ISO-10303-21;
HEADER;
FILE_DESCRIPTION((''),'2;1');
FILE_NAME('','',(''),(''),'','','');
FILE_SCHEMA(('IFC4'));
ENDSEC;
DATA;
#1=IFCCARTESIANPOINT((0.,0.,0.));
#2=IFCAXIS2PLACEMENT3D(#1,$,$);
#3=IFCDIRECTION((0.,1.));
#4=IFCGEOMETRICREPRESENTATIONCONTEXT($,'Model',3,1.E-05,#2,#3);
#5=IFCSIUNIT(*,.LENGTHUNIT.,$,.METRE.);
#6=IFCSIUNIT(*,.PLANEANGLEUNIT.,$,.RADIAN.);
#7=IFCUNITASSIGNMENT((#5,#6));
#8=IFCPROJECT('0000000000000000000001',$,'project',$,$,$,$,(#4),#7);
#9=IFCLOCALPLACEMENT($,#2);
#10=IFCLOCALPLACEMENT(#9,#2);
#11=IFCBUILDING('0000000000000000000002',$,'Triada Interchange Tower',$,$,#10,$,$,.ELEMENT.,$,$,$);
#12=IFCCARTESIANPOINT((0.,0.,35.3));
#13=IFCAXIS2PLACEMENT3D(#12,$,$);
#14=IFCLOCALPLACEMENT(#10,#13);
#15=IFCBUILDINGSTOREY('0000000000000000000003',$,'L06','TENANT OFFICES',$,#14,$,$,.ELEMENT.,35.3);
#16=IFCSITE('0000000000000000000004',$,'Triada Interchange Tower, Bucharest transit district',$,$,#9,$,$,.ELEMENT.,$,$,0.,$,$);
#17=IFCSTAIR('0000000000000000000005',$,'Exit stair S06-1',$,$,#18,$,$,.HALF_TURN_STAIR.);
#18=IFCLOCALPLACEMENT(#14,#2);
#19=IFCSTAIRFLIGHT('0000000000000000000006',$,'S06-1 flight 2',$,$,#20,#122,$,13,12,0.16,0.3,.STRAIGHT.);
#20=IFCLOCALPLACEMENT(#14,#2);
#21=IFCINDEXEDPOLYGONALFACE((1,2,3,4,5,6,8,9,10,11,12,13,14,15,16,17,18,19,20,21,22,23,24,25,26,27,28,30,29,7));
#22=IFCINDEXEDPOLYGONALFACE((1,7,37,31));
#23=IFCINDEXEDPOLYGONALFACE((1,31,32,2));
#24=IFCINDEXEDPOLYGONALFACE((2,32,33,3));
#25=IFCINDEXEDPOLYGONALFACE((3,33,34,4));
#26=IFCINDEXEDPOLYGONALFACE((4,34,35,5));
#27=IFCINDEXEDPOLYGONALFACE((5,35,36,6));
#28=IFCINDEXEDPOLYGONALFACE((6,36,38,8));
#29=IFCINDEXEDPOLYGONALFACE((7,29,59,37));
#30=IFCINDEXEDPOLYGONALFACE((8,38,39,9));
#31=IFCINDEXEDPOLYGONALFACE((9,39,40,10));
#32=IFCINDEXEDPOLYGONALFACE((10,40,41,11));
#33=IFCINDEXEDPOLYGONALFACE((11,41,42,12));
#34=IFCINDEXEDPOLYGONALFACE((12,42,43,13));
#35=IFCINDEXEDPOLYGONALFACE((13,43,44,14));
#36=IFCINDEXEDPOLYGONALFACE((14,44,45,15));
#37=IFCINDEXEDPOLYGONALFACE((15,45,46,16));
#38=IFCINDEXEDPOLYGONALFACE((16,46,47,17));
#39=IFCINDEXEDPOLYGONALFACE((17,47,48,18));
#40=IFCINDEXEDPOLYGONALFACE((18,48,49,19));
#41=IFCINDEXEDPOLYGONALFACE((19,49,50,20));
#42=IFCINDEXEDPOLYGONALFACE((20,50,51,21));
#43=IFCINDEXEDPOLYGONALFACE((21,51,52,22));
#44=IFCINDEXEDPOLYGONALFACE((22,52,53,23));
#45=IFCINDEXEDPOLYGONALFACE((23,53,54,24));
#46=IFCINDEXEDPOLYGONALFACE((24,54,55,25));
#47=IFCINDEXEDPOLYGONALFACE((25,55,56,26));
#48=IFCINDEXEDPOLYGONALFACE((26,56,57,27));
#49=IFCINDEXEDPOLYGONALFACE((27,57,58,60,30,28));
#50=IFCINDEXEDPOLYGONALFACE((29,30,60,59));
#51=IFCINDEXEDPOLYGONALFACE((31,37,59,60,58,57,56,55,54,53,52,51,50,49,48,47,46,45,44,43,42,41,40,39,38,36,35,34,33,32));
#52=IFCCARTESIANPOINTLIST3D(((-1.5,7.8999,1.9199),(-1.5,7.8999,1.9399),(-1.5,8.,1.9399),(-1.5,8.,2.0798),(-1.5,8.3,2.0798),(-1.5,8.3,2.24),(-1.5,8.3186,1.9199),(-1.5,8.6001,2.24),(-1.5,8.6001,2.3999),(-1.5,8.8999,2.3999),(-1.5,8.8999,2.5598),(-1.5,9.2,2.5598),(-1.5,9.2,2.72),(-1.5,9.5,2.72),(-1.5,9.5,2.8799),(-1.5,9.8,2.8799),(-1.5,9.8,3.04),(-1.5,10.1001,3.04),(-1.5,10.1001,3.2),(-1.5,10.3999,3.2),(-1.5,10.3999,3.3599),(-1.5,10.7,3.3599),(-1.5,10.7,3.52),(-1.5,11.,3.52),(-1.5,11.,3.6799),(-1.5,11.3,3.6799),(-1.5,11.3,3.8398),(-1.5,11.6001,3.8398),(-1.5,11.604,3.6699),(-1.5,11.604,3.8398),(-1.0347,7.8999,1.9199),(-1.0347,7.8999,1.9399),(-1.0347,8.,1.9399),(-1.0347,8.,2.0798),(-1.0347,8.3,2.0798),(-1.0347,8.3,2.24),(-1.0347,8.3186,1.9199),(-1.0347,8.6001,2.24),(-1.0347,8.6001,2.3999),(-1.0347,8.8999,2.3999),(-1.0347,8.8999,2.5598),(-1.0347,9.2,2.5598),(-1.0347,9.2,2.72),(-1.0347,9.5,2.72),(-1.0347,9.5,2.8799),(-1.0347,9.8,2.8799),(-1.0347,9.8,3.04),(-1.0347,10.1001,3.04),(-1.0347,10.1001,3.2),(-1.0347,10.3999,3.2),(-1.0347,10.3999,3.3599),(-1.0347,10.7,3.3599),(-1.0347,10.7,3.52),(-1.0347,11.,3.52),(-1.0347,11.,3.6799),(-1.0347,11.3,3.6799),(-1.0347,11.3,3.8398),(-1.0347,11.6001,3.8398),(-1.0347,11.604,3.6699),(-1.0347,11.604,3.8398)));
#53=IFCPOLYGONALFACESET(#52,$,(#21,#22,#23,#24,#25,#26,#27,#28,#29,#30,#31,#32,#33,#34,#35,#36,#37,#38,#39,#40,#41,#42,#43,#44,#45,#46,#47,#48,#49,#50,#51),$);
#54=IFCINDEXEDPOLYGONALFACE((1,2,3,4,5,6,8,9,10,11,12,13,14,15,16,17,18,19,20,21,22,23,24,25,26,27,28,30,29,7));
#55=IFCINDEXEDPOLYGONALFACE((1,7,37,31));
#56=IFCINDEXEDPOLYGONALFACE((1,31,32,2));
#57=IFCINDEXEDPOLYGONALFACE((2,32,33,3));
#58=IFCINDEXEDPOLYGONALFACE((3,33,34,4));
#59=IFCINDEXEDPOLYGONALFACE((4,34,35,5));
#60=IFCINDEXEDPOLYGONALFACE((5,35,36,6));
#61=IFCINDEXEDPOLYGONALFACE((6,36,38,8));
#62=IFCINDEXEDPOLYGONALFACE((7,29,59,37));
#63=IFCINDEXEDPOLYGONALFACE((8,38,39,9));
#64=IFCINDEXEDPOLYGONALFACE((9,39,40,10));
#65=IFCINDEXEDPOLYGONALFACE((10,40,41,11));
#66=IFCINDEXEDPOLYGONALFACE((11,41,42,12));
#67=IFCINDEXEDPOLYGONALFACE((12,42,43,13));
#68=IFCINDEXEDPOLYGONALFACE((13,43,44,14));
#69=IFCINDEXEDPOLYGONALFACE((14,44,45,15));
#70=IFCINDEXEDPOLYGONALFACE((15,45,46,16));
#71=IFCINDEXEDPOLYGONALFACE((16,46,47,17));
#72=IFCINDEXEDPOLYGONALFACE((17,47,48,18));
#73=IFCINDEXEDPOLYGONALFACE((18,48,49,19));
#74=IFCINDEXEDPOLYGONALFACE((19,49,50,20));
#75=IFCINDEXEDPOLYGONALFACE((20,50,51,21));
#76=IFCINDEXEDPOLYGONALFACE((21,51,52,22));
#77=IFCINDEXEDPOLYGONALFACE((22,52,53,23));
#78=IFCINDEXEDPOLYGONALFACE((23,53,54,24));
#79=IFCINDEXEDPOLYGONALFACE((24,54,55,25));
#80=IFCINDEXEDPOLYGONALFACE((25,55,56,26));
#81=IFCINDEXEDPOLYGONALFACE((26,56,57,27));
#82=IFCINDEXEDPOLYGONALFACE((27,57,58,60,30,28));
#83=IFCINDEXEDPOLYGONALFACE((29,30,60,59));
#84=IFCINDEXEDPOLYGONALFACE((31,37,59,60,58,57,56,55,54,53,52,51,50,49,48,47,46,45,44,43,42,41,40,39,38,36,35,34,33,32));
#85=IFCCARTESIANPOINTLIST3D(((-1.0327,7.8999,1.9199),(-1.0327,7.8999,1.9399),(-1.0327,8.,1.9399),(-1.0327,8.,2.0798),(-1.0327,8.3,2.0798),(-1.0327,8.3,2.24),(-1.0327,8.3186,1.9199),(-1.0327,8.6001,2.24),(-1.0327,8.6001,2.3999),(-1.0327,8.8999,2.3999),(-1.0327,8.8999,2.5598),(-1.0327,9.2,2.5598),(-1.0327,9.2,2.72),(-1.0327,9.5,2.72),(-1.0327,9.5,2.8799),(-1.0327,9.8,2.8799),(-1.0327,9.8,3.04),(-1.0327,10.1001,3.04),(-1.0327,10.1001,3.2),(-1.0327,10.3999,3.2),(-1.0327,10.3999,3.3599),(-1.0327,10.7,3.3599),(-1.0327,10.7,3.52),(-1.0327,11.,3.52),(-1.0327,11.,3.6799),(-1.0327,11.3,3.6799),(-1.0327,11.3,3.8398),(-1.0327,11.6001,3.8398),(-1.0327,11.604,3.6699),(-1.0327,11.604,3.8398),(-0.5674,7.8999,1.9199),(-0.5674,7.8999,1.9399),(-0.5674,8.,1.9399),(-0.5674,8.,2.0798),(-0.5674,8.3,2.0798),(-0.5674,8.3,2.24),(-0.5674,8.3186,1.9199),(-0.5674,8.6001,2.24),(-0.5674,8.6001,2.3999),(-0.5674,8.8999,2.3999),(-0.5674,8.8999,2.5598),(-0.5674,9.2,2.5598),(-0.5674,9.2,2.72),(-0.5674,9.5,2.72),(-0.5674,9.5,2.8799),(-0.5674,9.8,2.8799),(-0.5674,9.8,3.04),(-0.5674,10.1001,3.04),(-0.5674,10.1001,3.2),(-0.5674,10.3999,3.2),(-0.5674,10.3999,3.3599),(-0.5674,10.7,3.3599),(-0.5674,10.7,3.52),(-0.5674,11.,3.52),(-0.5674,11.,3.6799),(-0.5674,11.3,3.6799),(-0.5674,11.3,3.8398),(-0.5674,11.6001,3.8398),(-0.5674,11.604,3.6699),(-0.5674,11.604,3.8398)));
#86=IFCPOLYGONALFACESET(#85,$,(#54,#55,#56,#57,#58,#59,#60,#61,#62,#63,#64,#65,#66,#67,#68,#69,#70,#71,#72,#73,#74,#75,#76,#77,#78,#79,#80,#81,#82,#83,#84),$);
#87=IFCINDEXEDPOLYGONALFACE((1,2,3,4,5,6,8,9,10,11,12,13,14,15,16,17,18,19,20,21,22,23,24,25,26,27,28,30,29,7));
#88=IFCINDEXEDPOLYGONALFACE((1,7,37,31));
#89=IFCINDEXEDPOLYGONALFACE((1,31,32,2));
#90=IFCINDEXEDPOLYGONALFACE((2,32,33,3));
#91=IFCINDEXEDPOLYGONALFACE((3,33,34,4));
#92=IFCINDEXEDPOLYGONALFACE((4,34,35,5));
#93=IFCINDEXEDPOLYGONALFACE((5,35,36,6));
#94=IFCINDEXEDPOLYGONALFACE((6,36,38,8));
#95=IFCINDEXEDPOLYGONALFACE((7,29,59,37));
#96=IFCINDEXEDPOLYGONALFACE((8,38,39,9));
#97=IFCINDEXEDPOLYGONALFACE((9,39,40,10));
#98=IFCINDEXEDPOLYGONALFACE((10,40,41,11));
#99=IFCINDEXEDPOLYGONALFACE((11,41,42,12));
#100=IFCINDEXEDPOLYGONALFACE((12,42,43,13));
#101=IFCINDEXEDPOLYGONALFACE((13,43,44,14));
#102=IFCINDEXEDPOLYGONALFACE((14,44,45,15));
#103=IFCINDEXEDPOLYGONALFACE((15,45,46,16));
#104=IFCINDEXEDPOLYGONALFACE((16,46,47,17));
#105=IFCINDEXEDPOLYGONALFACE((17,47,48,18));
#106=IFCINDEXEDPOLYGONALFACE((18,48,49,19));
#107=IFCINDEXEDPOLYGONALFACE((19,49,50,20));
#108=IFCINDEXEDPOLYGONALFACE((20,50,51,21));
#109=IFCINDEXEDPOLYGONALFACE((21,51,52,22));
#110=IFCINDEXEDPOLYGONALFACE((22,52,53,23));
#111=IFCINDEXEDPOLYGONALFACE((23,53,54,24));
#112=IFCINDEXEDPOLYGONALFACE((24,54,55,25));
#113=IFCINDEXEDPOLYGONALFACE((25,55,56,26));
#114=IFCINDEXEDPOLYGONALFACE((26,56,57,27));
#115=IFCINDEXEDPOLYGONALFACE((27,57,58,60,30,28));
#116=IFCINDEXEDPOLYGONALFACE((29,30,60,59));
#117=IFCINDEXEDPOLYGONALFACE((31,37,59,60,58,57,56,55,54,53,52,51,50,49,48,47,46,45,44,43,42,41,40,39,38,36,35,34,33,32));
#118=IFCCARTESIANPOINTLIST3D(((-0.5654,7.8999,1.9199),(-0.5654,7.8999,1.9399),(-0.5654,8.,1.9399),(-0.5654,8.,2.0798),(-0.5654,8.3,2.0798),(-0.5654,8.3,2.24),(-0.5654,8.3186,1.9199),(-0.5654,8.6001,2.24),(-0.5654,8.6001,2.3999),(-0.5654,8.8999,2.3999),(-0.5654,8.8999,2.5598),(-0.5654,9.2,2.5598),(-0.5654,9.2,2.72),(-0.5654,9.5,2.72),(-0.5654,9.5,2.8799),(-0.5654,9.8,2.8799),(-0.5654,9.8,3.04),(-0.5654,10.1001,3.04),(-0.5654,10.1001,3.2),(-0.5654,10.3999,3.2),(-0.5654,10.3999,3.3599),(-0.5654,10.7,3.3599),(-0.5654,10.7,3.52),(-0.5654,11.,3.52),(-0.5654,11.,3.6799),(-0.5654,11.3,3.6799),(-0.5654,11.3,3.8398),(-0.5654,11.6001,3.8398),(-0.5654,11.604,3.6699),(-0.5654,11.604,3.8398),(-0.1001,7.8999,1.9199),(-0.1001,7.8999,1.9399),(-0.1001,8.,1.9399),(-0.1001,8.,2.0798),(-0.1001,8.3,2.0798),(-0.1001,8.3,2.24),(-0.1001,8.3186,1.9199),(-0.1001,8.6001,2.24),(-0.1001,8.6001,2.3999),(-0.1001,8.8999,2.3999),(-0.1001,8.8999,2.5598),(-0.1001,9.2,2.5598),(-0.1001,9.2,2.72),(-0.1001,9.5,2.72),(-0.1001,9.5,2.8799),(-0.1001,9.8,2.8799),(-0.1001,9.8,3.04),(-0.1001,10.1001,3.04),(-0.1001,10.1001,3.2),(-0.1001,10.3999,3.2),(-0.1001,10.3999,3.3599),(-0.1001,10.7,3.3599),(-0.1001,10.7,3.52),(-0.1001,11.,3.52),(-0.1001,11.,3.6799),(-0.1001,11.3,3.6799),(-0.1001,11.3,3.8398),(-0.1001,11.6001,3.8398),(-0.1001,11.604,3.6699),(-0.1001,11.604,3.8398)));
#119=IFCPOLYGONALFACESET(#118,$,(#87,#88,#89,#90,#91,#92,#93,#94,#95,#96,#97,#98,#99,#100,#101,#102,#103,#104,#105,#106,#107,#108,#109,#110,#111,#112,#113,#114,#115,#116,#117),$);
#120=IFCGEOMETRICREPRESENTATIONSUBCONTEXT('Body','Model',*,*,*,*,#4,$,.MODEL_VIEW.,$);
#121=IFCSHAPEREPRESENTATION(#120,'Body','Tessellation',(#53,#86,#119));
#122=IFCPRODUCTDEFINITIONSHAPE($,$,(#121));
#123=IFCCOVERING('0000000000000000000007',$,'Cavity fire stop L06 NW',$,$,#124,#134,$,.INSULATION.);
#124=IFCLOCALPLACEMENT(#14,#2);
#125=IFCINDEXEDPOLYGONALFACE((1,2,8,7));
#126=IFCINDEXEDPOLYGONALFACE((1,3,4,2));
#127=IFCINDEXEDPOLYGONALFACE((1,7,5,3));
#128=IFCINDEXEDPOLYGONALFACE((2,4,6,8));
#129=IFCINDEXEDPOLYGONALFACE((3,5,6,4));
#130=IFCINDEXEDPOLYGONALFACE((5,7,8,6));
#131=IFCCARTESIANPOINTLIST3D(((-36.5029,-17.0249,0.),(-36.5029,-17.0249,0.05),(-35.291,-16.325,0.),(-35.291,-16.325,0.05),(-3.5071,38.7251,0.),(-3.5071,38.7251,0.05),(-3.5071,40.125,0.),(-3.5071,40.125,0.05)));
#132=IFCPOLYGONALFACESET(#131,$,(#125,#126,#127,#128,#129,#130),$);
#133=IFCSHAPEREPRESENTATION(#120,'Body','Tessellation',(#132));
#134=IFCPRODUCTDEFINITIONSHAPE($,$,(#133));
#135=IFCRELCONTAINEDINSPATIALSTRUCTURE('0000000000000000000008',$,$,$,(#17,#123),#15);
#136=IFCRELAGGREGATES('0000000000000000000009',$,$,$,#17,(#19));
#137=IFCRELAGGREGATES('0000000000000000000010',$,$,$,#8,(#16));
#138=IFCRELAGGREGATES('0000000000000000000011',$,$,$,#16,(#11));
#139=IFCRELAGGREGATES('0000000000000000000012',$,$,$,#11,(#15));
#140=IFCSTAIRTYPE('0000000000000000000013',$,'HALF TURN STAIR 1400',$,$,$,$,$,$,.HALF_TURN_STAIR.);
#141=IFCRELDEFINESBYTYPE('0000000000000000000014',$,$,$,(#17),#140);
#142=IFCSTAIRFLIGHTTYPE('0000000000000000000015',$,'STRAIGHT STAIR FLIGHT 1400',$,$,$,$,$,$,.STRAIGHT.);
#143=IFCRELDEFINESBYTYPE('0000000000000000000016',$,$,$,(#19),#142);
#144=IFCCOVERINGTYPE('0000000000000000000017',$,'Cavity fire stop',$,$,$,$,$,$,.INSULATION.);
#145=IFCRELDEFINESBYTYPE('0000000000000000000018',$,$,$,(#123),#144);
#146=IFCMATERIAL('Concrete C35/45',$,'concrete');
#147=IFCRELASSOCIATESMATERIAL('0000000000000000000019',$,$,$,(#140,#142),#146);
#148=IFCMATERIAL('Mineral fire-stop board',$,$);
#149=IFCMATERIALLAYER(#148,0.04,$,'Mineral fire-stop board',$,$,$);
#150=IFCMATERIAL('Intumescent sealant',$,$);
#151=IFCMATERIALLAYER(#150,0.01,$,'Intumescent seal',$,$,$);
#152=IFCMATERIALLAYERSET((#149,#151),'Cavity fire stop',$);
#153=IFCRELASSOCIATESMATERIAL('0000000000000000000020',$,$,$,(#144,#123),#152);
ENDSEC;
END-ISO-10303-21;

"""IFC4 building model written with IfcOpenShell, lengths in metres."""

from ifc_helpers import new_model, si_unit, direction, frame, origin, place, context, subcontext, project, spatial, polyline, outline, extrude, material, layer, layer_set, layer_usage, type_object, element, aggregate, save


model = new_model("IFC4")

# Units and contexts
model_context = context("Model", 3, precision=1e-05, world=origin(), true_north=direction((0.0, 1.0)))
body_context = subcontext(model_context, "Body", "Model", "MODEL_VIEW")
ifc_project = project(units=[si_unit("LENGTHUNIT", "METRE"), si_unit("PLANEANGLEUNIT", "RADIAN")], contexts=[model_context])

# Site, building, storey
site_placement = place(None, origin())
site = spatial("IfcSite", under=ifc_project, at=site_placement, Name="Triada Interchange Tower, Bucharest transit district", CompositionType="ELEMENT", RefElevation=0.0)
building_placement = place(site_placement, origin())
building = spatial("IfcBuilding", under=site, at=building_placement, Name="Triada Interchange Tower", CompositionType="ELEMENT")
storey_placement = place(building_placement, frame((0.0, 0.0, 35.3)))
storey = spatial("IfcBuildingStorey", under=building, at=storey_placement, Name="L06", Description="TENANT OFFICES", CompositionType="ELEMENT", Elevation=35.3)

# Stair, stair flight
ifc_material_1 = material(Name="Concrete C35/45", Category="concrete")
stair_type = type_object("IfcStairType", Name="HALF TURN STAIR 1400", PredefinedType="HALF_TURN_STAIR", material=ifc_material_1)
stair_placement = place(storey_placement, origin())
stair = element("IfcStair", 1, at=stair_placement, inside=storey, type_object=stair_type, Name="Exit stair S06-1", PredefinedType="HALF_TURN_STAIR")
stair_flight_type = type_object("IfcStairFlightType", Name="STRAIGHT STAIR FLIGHT 1400", PredefinedType="STRAIGHT", material=ifc_material_1)
stair_flight_placement = place(storey_placement, frame((-0.8, 8.0, 1.9199), z_axis=(0.0, 0.0, 1.0), x_axis=(0.0, 1.0, 0.0)))
stair_flight = element("IfcStairFlight", 2, at=stair_flight_placement, type_object=stair_flight_type, Name="S06-1 flight 2", NumberOfRisers=13, NumberOfTreads=12, PredefinedType="STRAIGHT", RiserHeight=0.16, TreadLength=0.3, context=body_context, shape_type="SweptSolid", body=[
    extrude(outline(polyline([(-0.1001, 0.0), (-0.1001, 0.02), (0.0, 0.02), (0.0, 0.1599), (0.3, 0.1599), (0.3, 0.3201), (0.6001, 0.3201), (0.6001, 0.48), (0.8999, 0.48), (0.8999, 0.6399), (1.2, 0.6399), (1.2, 0.8), (1.5, 0.8), (1.5, 0.96), (1.8, 0.96), (1.8, 1.1201), (2.1001, 1.1201), (2.1001, 1.28), (2.3999, 1.28), (2.3999, 1.4399), (2.7, 1.4399), (2.7, 1.6001), (3.0, 1.6001), (3.0, 1.76), (3.3, 1.76), (3.3, 1.9199), (3.6001, 1.9199), (3.604, 1.9199), (3.604, 2.0801), (3.604, 1.75), (0.3186, 0.0), (-0.1001, 0.0)])), frame((0.0, 0.7, 0.0), z_axis=(0.0, -1.0, 0.0), x_axis=(1.0, 0.0, 0.0)), (0.0, 0.0, 1.0), 0.4653),
    extrude(outline(polyline([(-0.1001, 0.0), (-0.1001, 0.02), (0.0, 0.02), (0.0, 0.1599), (0.3, 0.1599), (0.3, 0.3201), (0.6001, 0.3201), (0.6001, 0.48), (0.8999, 0.48), (0.8999, 0.6399), (1.2, 0.6399), (1.2, 0.8), (1.5, 0.8), (1.5, 0.96), (1.8, 0.96), (1.8, 1.1201), (2.1001, 1.1201), (2.1001, 1.28), (2.3999, 1.28), (2.3999, 1.4399), (2.7, 1.4399), (2.7, 1.6001), (3.0, 1.6001), (3.0, 1.76), (3.3, 1.76), (3.3, 1.9199), (3.6001, 1.9199), (3.604, 1.9199), (3.604, 2.0801), (3.604, 1.75), (0.3186, 0.0), (-0.1001, 0.0)])), frame((0.0, 0.2327, 0.0), z_axis=(0.0, -1.0, 0.0), x_axis=(1.0, 0.0, 0.0)), (0.0, 0.0, 1.0), 0.4653),
    extrude(outline(polyline([(-0.1001, 0.0), (-0.1001, 0.02), (0.0, 0.02), (0.0, 0.1599), (0.3, 0.1599), (0.3, 0.3201), (0.6001, 0.3201), (0.6001, 0.48), (0.8999, 0.48), (0.8999, 0.6399), (1.2, 0.6399), (1.2, 0.8), (1.5, 0.8), (1.5, 0.96), (1.8, 0.96), (1.8, 1.1201), (2.1001, 1.1201), (2.1001, 1.28), (2.3999, 1.28), (2.3999, 1.4399), (2.7, 1.4399), (2.7, 1.6001), (3.0, 1.6001), (3.0, 1.76), (3.3, 1.76), (3.3, 1.9199), (3.6001, 1.9199), (3.604, 1.9199), (3.604, 2.0801), (3.604, 1.75), (0.3186, 0.0), (-0.1001, 0.0)])), frame((0.0, -0.2346, 0.0), z_axis=(0.0, -1.0, 0.0), x_axis=(1.0, 0.0, 0.0)), (0.0, 0.0, 1.0), 0.4653),
])

# Covering
ifc_material_2 = material(Name="Mineral fire-stop board")
ifc_layer_1 = layer(ifc_material_2, 0.04, Name="Mineral fire-stop board")
ifc_material_3 = material(Name="Intumescent sealant")
ifc_layer_2 = layer(ifc_material_3, 0.01, Name="Intumescent seal")
ifc_layer_set_1 = layer_set([ifc_layer_1, ifc_layer_2], Name="Cavity fire stop")
ifc_layer_usage = layer_usage(ifc_layer_set_1, "AXIS3", "POSITIVE", 0.0)
covering_type = type_object("IfcCoveringType", Name="Cavity fire stop", PredefinedType="INSULATION", material=ifc_layer_set_1)
covering_placement = place(storey_placement, origin())
element("IfcCovering", 3, at=covering_placement, inside=storey, type_object=covering_type, material=ifc_layer_usage, Name="Cavity fire stop L06 NW", PredefinedType="INSULATION", context=body_context, shape_type="SweptSolid", body=[
    extrude(outline(polyline([(-3.5071, 38.7251), (-3.5071, 40.125), (-36.5029, -17.0249), (-35.291, -16.325), (-3.5071, 38.7251)])), origin(), (0.0, 0.0, 1.0), 0.05),
])

aggregate(stair, [stair_flight])

save(model, "model.ifc")
